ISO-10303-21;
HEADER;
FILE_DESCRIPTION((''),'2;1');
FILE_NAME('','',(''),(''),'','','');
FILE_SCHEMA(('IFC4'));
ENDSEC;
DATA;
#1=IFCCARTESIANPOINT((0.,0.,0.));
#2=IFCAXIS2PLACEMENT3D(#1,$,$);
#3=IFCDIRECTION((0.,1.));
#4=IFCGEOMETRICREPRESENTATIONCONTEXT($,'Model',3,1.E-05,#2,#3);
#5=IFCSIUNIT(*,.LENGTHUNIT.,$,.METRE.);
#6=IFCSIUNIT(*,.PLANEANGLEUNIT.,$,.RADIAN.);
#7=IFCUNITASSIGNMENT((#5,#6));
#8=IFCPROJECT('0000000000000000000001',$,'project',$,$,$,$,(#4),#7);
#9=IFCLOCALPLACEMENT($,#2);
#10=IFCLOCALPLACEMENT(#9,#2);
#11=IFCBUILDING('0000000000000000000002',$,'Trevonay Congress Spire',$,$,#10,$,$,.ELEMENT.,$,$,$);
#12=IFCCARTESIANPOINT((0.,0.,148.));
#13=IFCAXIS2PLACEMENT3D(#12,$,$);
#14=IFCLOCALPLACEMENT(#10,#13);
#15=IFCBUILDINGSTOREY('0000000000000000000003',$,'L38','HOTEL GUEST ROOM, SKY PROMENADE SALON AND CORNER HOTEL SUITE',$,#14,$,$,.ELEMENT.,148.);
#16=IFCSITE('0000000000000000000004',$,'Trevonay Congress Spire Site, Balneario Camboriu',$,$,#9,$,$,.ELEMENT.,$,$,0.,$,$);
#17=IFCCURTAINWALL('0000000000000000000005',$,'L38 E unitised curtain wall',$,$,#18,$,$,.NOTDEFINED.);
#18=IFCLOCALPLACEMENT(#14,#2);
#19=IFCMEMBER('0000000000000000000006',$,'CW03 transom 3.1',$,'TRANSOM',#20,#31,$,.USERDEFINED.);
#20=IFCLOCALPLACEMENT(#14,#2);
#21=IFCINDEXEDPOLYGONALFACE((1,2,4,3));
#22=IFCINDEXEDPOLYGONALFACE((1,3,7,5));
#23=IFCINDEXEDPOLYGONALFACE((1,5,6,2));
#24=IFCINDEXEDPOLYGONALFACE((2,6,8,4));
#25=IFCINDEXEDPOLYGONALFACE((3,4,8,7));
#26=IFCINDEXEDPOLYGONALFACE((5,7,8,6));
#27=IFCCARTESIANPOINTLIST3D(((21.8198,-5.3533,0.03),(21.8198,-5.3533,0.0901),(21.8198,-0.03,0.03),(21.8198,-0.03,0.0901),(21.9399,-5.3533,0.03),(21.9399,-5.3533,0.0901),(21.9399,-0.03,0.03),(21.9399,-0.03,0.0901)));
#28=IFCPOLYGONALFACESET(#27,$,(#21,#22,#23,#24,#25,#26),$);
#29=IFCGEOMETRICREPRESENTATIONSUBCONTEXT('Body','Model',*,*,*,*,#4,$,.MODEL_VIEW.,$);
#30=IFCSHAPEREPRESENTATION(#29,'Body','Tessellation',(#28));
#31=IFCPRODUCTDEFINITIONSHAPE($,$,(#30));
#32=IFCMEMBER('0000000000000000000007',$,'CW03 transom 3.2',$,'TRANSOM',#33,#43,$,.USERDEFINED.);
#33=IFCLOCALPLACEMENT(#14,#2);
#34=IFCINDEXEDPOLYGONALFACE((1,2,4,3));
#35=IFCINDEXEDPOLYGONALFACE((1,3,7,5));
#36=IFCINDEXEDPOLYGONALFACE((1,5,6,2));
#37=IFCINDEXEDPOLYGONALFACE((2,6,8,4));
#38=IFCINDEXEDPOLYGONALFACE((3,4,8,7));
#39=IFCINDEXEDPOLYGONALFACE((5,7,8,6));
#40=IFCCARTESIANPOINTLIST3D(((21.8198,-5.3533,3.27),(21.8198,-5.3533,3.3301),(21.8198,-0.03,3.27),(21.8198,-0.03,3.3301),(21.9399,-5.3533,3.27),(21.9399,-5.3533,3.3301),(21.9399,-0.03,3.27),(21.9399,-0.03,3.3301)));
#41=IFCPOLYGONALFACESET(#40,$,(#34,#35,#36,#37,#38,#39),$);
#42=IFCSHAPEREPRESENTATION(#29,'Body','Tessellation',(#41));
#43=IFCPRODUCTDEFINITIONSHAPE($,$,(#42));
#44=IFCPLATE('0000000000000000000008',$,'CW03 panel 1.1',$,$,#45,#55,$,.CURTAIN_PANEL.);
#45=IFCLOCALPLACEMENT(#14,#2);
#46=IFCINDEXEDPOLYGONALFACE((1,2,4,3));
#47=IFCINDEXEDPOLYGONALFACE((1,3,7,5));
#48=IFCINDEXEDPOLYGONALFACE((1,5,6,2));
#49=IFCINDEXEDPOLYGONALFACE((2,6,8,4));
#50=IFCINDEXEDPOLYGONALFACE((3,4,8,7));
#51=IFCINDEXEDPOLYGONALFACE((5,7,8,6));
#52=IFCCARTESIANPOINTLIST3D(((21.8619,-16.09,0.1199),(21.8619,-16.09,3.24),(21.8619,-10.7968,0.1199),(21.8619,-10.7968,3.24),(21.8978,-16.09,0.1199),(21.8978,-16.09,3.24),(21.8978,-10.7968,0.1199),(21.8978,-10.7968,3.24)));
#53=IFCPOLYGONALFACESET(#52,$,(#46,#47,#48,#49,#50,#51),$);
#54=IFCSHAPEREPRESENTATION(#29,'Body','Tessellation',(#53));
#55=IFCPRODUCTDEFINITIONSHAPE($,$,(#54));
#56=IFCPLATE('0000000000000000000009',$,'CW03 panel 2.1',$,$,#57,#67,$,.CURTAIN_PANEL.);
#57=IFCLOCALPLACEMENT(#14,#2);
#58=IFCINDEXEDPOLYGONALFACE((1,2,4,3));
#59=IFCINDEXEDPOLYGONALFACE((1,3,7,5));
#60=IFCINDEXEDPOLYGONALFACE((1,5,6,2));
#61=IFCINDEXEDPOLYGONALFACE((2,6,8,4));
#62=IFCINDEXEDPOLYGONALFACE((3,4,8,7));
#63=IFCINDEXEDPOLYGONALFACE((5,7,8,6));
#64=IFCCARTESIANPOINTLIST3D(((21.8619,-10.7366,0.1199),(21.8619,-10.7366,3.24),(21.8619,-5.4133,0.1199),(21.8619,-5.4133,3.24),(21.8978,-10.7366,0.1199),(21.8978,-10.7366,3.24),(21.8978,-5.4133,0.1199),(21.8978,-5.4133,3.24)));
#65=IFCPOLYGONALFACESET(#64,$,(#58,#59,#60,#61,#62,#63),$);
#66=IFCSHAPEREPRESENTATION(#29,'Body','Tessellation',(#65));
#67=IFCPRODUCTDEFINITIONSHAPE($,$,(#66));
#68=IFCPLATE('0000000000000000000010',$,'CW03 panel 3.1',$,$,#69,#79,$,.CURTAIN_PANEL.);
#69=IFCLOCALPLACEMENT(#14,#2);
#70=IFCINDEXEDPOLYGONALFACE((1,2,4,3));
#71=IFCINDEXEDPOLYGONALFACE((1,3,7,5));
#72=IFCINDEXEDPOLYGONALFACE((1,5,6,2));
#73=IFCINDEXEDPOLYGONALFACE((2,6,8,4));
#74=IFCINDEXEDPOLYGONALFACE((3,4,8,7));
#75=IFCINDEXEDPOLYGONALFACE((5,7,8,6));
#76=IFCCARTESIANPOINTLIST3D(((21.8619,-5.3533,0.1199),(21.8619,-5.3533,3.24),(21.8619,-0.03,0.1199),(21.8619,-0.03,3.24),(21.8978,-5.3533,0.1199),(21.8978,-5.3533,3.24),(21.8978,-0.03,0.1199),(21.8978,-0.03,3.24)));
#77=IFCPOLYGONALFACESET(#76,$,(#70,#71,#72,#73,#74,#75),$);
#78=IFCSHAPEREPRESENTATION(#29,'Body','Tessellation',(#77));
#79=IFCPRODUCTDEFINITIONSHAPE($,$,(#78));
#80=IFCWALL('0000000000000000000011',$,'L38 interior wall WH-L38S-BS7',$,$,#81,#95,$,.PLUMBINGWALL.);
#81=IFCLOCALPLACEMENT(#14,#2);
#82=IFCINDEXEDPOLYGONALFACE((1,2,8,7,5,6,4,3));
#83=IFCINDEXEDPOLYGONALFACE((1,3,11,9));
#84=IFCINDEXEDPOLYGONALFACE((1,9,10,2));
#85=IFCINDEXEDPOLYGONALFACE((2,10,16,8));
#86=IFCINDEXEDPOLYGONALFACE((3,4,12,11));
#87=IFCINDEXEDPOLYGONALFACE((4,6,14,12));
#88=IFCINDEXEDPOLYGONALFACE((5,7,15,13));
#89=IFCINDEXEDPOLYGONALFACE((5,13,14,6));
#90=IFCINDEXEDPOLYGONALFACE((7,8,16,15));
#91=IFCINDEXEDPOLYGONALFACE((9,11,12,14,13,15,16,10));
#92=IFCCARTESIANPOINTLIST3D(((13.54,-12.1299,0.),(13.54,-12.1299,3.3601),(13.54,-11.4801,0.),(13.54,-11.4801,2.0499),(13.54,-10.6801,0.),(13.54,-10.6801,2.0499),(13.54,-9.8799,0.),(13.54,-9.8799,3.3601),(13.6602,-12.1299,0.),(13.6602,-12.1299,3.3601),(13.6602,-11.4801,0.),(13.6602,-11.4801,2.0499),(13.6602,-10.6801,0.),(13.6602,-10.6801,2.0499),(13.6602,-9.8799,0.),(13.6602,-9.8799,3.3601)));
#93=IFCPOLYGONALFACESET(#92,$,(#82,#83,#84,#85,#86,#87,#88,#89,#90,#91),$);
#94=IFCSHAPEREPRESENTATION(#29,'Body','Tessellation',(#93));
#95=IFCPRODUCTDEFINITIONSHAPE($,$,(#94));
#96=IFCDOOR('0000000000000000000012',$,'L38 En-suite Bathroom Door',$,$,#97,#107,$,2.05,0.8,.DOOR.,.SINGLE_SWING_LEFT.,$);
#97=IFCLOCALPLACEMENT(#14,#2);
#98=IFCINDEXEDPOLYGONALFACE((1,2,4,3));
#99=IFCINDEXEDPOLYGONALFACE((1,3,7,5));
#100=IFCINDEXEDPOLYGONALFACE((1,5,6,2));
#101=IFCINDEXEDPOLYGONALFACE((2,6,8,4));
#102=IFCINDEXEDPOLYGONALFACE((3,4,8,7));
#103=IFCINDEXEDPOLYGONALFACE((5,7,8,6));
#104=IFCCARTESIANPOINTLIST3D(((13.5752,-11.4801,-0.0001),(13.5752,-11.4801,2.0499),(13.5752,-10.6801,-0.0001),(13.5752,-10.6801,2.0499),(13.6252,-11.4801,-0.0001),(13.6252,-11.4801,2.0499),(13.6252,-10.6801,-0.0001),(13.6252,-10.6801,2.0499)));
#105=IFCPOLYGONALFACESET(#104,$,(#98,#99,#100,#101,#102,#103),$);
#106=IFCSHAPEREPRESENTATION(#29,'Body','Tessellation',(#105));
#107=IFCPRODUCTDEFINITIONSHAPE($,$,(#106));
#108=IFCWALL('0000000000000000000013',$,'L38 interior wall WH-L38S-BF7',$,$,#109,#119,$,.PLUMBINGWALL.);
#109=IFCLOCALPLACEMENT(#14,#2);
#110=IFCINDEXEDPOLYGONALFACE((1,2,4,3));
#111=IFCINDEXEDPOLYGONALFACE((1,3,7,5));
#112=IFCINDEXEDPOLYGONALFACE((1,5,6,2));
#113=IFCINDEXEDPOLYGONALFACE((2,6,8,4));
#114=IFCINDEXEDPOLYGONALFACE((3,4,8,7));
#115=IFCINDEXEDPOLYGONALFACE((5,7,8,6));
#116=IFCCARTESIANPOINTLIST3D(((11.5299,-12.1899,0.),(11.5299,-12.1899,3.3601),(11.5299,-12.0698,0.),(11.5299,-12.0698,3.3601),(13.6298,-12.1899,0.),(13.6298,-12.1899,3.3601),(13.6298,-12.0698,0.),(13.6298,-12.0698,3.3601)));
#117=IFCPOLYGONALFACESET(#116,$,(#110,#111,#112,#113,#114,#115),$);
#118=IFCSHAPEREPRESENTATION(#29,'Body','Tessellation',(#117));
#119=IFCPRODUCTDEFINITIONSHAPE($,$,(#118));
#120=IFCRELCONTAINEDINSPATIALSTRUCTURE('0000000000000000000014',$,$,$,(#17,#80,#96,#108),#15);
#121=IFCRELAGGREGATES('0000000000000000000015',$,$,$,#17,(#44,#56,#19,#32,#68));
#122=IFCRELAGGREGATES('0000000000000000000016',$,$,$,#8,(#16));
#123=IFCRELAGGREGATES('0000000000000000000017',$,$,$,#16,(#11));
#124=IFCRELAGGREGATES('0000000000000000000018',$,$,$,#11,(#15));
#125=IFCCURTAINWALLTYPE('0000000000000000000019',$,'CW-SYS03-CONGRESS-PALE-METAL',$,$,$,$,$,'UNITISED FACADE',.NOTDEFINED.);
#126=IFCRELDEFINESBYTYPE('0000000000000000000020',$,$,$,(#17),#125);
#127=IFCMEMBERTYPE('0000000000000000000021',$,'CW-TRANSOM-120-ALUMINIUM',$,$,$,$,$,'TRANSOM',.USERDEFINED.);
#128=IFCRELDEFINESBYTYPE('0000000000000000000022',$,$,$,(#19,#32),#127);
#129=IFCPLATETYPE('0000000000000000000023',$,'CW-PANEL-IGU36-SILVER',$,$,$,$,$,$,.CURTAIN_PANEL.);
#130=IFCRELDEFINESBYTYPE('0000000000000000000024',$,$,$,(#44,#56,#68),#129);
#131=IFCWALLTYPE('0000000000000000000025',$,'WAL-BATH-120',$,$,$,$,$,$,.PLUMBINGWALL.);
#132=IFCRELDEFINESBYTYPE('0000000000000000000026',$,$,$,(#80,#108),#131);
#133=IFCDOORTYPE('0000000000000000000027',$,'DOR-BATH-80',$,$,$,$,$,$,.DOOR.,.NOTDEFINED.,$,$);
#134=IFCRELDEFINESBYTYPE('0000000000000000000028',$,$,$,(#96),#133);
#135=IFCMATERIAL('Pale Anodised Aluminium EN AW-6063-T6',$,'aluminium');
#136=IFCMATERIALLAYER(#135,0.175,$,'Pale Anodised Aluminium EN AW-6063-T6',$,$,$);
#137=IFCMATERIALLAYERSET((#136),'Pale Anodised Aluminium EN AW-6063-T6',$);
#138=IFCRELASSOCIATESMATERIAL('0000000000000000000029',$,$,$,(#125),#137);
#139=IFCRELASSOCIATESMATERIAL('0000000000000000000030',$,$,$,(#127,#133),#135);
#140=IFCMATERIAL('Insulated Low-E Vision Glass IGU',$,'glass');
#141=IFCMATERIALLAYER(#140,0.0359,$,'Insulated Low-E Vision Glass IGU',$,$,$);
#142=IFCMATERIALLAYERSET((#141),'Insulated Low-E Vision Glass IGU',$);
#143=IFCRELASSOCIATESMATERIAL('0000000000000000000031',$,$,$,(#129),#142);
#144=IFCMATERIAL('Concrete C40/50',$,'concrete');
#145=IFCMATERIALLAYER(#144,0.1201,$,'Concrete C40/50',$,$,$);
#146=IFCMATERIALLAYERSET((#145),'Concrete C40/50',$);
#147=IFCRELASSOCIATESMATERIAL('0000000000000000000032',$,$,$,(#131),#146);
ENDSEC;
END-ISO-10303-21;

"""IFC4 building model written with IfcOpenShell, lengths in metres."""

from ifc_helpers import new_model, si_unit, direction, frame, frame_2d, origin, origin_2d, place, context, subcontext, project, spatial, rectangle, extrude, material, layer, layer_set, material_profile, profile_set, type_object, element, fill, aggregate, save


model = new_model("IFC4")

# Units and contexts
model_context = context("Model", 3, precision=1e-05, world=origin(), true_north=direction((0.0, 1.0)))
body_context = subcontext(model_context, "Body", "Model", "MODEL_VIEW")
ifc_project = project(units=[si_unit("LENGTHUNIT", "METRE"), si_unit("PLANEANGLEUNIT", "RADIAN")], contexts=[model_context])

# Site, building, storey
site_placement = place(None, origin())
site = spatial("IfcSite", under=ifc_project, at=site_placement, Name="Trevonay Congress Spire Site, Balneario Camboriu", CompositionType="ELEMENT", RefElevation=0.0)
building_placement = place(site_placement, origin())
building = spatial("IfcBuilding", under=site, at=building_placement, Name="Trevonay Congress Spire", CompositionType="ELEMENT")
storey_placement = place(building_placement, frame((0.0, 0.0, 148.0)))
storey = spatial("IfcBuildingStorey", under=building, at=storey_placement, Name="L38", Description="HOTEL GUEST ROOM, SKY PROMENADE SALON AND CORNER HOTEL SUITE", CompositionType="ELEMENT", Elevation=148.0)

# Curtain wall, members, plates
ifc_material_1 = material(Name="Pale Anodised Aluminium EN AW-6063-T6", Category="aluminium")
ifc_layer_1 = layer(ifc_material_1, 0.175, Name="Pale Anodised Aluminium EN AW-6063-T6")
ifc_layer_set_1 = layer_set([ifc_layer_1], Name="Pale Anodised Aluminium EN AW-6063-T6")
curtain_wall_type = type_object("IfcCurtainWallType", Name="CW-SYS03-CONGRESS-PALE-METAL", ElementType="UNITISED FACADE", PredefinedType="NOTDEFINED", material=ifc_layer_set_1)
curtain_wall_placement = place(storey_placement, origin())
curtain_wall = element("IfcCurtainWall", 1, at=curtain_wall_placement, inside=storey, type_object=curtain_wall_type, Name="L38 E unitised curtain wall", PredefinedType="NOTDEFINED")
ifc_material_profile_1 = material_profile(ifc_material_1, rectangle(XDim=0.1201, YDim=0.0601, at=origin_2d()), Name="CW-TRANSOM-120-ALUMINIUM")
ifc_profile_set_1 = profile_set([ifc_material_profile_1], Name="Pale Anodised Aluminium EN AW-6063-T6")
member_type_1 = type_object("IfcMemberType", Name="CW-TRANSOM-120-ALUMINIUM", ElementType="TRANSOM", PredefinedType="USERDEFINED", material=ifc_profile_set_1)
member_1_placement = place(storey_placement, frame((21.8799, -5.3533, 0.0601), z_axis=(0.0, 1.0, 0.0), x_axis=(-1.0, 0.0, 0.0)))
member_1 = element("IfcMember", 2, at=member_1_placement, type_object=member_type_1, Name="CW03 transom 3.1", ObjectType="TRANSOM", PredefinedType="USERDEFINED", context=body_context, shape_type="SweptSolid", body=[
    extrude(rectangle(XDim=0.1201, YDim=0.0601, at=origin_2d()), origin(), (0.0, 0.0, 1.0), 5.3232),
])
member_2_placement = place(storey_placement, frame((21.8799, -5.3533, 3.3), z_axis=(0.0, 1.0, 0.0), x_axis=(-1.0, 0.0, 0.0)))
member_2 = element("IfcMember", 3, at=member_2_placement, type_object=member_type_1, Name="CW03 transom 3.2", ObjectType="TRANSOM", PredefinedType="USERDEFINED", context=body_context, shape_type="SweptSolid", body=[
    extrude(rectangle(XDim=0.1201, YDim=0.0601, at=origin_2d()), origin(), (0.0, 0.0, 1.0), 5.3232),
])
ifc_material_2 = material(Name="Insulated Low-E Vision Glass IGU", Category="glass")
ifc_layer_2 = layer(ifc_material_2, 0.0359, Name="Insulated Low-E Vision Glass IGU")
ifc_layer_set_2 = layer_set([ifc_layer_2], Name="Insulated Low-E Vision Glass IGU")
plate_type = type_object("IfcPlateType", Name="CW-PANEL-IGU36-SILVER", PredefinedType="CURTAIN_PANEL", material=ifc_layer_set_2)
plate_1_placement = place(storey_placement, frame((21.8799, -13.4434, 0.1199), z_axis=(0.0, 0.0, 1.0), x_axis=(0.0, 1.0, 0.0)))
plate_1 = element("IfcPlate", 4, at=plate_1_placement, type_object=plate_type, Name="CW03 panel 1.1", PredefinedType="CURTAIN_PANEL", context=body_context, shape_type="SweptSolid", body=[
    extrude(rectangle(XDim=5.2932, YDim=0.0359, at=origin_2d()), origin(), (0.0, 0.0, 1.0), 3.1201),
])
plate_2_placement = place(storey_placement, frame((21.8799, -8.075, 0.1199), z_axis=(0.0, 0.0, 1.0), x_axis=(0.0, 1.0, 0.0)))
plate_2 = element("IfcPlate", 5, at=plate_2_placement, type_object=plate_type, Name="CW03 panel 2.1", PredefinedType="CURTAIN_PANEL", context=body_context, shape_type="SweptSolid", body=[
    extrude(rectangle(XDim=5.3232, YDim=0.0359, at=origin_2d()), origin(), (0.0, 0.0, 1.0), 3.1201),
])
plate_3_placement = place(storey_placement, frame((21.8799, -2.6917, 0.1199), z_axis=(0.0, 0.0, 1.0), x_axis=(0.0, 1.0, 0.0)))
plate_3 = element("IfcPlate", 6, at=plate_3_placement, type_object=plate_type, Name="CW03 panel 3.1", PredefinedType="CURTAIN_PANEL", context=body_context, shape_type="SweptSolid", body=[
    extrude(rectangle(XDim=5.3232, YDim=0.0359, at=origin_2d()), origin(), (0.0, 0.0, 1.0), 3.1201),
])
aggregate(curtain_wall, [plate_1, plate_2, member_1, member_2, plate_3])

# Wall, opening, door
ifc_material_3 = material(Name="Concrete C40/50", Category="concrete")
ifc_layer_3 = layer(ifc_material_3, 0.1201, Name="Concrete C40/50")
ifc_layer_set_3 = layer_set([ifc_layer_3], Name="Concrete C40/50")
wall_type_1 = type_object("IfcWallType", Name="WAL-BATH-120", PredefinedType="PLUMBINGWALL", material=ifc_layer_set_3)
wall_1_placement = place(storey_placement, frame((13.6001, -12.1299, 0.0), z_axis=(0.0, 0.0, 1.0), x_axis=(0.0, 1.0, 0.0)))
wall_1 = element("IfcWall", 7, at=wall_1_placement, inside=storey, type_object=wall_type_1, Name="L38 interior wall WH-L38S-BS7", PredefinedType="PLUMBINGWALL", context=body_context, shape_type="SweptSolid", body=[
    extrude(rectangle(XDim=2.25, YDim=0.1201, at=frame_2d((1.125, 0.0))), origin(), (0.0, 0.0, 1.0), 3.3601),
])
opening_1_placement = place(wall_1_placement, frame((0.6499, 0.0, 0.0)))
opening_1 = element("IfcOpeningElement", 8, at=opening_1_placement, cuts=wall_1, PredefinedType="OPENING", context=body_context, shape_type="SweptSolid", body=[
    extrude(rectangle(XDim=0.8, YDim=2.05, at=frame_2d((0.3999, 1.0249))), frame((0.0, 0.0701, 0.0), z_axis=(0.0, -1.0, 0.0), x_axis=(1.0, 0.0, 0.0)), (0.0, 0.0, 1.0), 0.1401),
])
door_type_1 = type_object("IfcDoorType", Name="DOR-BATH-80", OperationType="NOTDEFINED", PredefinedType="DOOR", material=ifc_material_1)
door_1_placement = place(opening_1_placement, origin())
door_1 = element("IfcDoor", 9, at=door_1_placement, inside=storey, type_object=door_type_1, Name="L38 En-suite Bathroom Door", OperationType="SINGLE_SWING_LEFT", OverallHeight=2.05, OverallWidth=0.8, PredefinedType="DOOR", context=body_context, shape_type="SweptSolid", body=[
    extrude(rectangle(XDim=0.8, YDim=2.05, at=frame_2d((0.3999, 1.0249))), frame((0.0, 0.0249, 0.0), z_axis=(0.0, -1.0, 0.0), x_axis=(1.0, 0.0, 0.0)), (0.0, 0.0, 1.0), 0.05),
])
fill(opening_1, door_1)

# Wall
wall_2_placement = place(storey_placement, frame((11.53, -12.1299, 0.0), z_axis=(0.0, 0.0, 1.0), x_axis=(1.0, 0.0, 0.0)))
element("IfcWall", 10, at=wall_2_placement, inside=storey, type_object=wall_type_1, Name="L38 interior wall WH-L38S-BF7", PredefinedType="PLUMBINGWALL", context=body_context, shape_type="SweptSolid", body=[
    extrude(rectangle(XDim=2.0999, YDim=0.1201, at=frame_2d((1.0498, 0.0))), origin(), (0.0, 0.0, 1.0), 3.3601),
])

save(model, "model.ifc")
